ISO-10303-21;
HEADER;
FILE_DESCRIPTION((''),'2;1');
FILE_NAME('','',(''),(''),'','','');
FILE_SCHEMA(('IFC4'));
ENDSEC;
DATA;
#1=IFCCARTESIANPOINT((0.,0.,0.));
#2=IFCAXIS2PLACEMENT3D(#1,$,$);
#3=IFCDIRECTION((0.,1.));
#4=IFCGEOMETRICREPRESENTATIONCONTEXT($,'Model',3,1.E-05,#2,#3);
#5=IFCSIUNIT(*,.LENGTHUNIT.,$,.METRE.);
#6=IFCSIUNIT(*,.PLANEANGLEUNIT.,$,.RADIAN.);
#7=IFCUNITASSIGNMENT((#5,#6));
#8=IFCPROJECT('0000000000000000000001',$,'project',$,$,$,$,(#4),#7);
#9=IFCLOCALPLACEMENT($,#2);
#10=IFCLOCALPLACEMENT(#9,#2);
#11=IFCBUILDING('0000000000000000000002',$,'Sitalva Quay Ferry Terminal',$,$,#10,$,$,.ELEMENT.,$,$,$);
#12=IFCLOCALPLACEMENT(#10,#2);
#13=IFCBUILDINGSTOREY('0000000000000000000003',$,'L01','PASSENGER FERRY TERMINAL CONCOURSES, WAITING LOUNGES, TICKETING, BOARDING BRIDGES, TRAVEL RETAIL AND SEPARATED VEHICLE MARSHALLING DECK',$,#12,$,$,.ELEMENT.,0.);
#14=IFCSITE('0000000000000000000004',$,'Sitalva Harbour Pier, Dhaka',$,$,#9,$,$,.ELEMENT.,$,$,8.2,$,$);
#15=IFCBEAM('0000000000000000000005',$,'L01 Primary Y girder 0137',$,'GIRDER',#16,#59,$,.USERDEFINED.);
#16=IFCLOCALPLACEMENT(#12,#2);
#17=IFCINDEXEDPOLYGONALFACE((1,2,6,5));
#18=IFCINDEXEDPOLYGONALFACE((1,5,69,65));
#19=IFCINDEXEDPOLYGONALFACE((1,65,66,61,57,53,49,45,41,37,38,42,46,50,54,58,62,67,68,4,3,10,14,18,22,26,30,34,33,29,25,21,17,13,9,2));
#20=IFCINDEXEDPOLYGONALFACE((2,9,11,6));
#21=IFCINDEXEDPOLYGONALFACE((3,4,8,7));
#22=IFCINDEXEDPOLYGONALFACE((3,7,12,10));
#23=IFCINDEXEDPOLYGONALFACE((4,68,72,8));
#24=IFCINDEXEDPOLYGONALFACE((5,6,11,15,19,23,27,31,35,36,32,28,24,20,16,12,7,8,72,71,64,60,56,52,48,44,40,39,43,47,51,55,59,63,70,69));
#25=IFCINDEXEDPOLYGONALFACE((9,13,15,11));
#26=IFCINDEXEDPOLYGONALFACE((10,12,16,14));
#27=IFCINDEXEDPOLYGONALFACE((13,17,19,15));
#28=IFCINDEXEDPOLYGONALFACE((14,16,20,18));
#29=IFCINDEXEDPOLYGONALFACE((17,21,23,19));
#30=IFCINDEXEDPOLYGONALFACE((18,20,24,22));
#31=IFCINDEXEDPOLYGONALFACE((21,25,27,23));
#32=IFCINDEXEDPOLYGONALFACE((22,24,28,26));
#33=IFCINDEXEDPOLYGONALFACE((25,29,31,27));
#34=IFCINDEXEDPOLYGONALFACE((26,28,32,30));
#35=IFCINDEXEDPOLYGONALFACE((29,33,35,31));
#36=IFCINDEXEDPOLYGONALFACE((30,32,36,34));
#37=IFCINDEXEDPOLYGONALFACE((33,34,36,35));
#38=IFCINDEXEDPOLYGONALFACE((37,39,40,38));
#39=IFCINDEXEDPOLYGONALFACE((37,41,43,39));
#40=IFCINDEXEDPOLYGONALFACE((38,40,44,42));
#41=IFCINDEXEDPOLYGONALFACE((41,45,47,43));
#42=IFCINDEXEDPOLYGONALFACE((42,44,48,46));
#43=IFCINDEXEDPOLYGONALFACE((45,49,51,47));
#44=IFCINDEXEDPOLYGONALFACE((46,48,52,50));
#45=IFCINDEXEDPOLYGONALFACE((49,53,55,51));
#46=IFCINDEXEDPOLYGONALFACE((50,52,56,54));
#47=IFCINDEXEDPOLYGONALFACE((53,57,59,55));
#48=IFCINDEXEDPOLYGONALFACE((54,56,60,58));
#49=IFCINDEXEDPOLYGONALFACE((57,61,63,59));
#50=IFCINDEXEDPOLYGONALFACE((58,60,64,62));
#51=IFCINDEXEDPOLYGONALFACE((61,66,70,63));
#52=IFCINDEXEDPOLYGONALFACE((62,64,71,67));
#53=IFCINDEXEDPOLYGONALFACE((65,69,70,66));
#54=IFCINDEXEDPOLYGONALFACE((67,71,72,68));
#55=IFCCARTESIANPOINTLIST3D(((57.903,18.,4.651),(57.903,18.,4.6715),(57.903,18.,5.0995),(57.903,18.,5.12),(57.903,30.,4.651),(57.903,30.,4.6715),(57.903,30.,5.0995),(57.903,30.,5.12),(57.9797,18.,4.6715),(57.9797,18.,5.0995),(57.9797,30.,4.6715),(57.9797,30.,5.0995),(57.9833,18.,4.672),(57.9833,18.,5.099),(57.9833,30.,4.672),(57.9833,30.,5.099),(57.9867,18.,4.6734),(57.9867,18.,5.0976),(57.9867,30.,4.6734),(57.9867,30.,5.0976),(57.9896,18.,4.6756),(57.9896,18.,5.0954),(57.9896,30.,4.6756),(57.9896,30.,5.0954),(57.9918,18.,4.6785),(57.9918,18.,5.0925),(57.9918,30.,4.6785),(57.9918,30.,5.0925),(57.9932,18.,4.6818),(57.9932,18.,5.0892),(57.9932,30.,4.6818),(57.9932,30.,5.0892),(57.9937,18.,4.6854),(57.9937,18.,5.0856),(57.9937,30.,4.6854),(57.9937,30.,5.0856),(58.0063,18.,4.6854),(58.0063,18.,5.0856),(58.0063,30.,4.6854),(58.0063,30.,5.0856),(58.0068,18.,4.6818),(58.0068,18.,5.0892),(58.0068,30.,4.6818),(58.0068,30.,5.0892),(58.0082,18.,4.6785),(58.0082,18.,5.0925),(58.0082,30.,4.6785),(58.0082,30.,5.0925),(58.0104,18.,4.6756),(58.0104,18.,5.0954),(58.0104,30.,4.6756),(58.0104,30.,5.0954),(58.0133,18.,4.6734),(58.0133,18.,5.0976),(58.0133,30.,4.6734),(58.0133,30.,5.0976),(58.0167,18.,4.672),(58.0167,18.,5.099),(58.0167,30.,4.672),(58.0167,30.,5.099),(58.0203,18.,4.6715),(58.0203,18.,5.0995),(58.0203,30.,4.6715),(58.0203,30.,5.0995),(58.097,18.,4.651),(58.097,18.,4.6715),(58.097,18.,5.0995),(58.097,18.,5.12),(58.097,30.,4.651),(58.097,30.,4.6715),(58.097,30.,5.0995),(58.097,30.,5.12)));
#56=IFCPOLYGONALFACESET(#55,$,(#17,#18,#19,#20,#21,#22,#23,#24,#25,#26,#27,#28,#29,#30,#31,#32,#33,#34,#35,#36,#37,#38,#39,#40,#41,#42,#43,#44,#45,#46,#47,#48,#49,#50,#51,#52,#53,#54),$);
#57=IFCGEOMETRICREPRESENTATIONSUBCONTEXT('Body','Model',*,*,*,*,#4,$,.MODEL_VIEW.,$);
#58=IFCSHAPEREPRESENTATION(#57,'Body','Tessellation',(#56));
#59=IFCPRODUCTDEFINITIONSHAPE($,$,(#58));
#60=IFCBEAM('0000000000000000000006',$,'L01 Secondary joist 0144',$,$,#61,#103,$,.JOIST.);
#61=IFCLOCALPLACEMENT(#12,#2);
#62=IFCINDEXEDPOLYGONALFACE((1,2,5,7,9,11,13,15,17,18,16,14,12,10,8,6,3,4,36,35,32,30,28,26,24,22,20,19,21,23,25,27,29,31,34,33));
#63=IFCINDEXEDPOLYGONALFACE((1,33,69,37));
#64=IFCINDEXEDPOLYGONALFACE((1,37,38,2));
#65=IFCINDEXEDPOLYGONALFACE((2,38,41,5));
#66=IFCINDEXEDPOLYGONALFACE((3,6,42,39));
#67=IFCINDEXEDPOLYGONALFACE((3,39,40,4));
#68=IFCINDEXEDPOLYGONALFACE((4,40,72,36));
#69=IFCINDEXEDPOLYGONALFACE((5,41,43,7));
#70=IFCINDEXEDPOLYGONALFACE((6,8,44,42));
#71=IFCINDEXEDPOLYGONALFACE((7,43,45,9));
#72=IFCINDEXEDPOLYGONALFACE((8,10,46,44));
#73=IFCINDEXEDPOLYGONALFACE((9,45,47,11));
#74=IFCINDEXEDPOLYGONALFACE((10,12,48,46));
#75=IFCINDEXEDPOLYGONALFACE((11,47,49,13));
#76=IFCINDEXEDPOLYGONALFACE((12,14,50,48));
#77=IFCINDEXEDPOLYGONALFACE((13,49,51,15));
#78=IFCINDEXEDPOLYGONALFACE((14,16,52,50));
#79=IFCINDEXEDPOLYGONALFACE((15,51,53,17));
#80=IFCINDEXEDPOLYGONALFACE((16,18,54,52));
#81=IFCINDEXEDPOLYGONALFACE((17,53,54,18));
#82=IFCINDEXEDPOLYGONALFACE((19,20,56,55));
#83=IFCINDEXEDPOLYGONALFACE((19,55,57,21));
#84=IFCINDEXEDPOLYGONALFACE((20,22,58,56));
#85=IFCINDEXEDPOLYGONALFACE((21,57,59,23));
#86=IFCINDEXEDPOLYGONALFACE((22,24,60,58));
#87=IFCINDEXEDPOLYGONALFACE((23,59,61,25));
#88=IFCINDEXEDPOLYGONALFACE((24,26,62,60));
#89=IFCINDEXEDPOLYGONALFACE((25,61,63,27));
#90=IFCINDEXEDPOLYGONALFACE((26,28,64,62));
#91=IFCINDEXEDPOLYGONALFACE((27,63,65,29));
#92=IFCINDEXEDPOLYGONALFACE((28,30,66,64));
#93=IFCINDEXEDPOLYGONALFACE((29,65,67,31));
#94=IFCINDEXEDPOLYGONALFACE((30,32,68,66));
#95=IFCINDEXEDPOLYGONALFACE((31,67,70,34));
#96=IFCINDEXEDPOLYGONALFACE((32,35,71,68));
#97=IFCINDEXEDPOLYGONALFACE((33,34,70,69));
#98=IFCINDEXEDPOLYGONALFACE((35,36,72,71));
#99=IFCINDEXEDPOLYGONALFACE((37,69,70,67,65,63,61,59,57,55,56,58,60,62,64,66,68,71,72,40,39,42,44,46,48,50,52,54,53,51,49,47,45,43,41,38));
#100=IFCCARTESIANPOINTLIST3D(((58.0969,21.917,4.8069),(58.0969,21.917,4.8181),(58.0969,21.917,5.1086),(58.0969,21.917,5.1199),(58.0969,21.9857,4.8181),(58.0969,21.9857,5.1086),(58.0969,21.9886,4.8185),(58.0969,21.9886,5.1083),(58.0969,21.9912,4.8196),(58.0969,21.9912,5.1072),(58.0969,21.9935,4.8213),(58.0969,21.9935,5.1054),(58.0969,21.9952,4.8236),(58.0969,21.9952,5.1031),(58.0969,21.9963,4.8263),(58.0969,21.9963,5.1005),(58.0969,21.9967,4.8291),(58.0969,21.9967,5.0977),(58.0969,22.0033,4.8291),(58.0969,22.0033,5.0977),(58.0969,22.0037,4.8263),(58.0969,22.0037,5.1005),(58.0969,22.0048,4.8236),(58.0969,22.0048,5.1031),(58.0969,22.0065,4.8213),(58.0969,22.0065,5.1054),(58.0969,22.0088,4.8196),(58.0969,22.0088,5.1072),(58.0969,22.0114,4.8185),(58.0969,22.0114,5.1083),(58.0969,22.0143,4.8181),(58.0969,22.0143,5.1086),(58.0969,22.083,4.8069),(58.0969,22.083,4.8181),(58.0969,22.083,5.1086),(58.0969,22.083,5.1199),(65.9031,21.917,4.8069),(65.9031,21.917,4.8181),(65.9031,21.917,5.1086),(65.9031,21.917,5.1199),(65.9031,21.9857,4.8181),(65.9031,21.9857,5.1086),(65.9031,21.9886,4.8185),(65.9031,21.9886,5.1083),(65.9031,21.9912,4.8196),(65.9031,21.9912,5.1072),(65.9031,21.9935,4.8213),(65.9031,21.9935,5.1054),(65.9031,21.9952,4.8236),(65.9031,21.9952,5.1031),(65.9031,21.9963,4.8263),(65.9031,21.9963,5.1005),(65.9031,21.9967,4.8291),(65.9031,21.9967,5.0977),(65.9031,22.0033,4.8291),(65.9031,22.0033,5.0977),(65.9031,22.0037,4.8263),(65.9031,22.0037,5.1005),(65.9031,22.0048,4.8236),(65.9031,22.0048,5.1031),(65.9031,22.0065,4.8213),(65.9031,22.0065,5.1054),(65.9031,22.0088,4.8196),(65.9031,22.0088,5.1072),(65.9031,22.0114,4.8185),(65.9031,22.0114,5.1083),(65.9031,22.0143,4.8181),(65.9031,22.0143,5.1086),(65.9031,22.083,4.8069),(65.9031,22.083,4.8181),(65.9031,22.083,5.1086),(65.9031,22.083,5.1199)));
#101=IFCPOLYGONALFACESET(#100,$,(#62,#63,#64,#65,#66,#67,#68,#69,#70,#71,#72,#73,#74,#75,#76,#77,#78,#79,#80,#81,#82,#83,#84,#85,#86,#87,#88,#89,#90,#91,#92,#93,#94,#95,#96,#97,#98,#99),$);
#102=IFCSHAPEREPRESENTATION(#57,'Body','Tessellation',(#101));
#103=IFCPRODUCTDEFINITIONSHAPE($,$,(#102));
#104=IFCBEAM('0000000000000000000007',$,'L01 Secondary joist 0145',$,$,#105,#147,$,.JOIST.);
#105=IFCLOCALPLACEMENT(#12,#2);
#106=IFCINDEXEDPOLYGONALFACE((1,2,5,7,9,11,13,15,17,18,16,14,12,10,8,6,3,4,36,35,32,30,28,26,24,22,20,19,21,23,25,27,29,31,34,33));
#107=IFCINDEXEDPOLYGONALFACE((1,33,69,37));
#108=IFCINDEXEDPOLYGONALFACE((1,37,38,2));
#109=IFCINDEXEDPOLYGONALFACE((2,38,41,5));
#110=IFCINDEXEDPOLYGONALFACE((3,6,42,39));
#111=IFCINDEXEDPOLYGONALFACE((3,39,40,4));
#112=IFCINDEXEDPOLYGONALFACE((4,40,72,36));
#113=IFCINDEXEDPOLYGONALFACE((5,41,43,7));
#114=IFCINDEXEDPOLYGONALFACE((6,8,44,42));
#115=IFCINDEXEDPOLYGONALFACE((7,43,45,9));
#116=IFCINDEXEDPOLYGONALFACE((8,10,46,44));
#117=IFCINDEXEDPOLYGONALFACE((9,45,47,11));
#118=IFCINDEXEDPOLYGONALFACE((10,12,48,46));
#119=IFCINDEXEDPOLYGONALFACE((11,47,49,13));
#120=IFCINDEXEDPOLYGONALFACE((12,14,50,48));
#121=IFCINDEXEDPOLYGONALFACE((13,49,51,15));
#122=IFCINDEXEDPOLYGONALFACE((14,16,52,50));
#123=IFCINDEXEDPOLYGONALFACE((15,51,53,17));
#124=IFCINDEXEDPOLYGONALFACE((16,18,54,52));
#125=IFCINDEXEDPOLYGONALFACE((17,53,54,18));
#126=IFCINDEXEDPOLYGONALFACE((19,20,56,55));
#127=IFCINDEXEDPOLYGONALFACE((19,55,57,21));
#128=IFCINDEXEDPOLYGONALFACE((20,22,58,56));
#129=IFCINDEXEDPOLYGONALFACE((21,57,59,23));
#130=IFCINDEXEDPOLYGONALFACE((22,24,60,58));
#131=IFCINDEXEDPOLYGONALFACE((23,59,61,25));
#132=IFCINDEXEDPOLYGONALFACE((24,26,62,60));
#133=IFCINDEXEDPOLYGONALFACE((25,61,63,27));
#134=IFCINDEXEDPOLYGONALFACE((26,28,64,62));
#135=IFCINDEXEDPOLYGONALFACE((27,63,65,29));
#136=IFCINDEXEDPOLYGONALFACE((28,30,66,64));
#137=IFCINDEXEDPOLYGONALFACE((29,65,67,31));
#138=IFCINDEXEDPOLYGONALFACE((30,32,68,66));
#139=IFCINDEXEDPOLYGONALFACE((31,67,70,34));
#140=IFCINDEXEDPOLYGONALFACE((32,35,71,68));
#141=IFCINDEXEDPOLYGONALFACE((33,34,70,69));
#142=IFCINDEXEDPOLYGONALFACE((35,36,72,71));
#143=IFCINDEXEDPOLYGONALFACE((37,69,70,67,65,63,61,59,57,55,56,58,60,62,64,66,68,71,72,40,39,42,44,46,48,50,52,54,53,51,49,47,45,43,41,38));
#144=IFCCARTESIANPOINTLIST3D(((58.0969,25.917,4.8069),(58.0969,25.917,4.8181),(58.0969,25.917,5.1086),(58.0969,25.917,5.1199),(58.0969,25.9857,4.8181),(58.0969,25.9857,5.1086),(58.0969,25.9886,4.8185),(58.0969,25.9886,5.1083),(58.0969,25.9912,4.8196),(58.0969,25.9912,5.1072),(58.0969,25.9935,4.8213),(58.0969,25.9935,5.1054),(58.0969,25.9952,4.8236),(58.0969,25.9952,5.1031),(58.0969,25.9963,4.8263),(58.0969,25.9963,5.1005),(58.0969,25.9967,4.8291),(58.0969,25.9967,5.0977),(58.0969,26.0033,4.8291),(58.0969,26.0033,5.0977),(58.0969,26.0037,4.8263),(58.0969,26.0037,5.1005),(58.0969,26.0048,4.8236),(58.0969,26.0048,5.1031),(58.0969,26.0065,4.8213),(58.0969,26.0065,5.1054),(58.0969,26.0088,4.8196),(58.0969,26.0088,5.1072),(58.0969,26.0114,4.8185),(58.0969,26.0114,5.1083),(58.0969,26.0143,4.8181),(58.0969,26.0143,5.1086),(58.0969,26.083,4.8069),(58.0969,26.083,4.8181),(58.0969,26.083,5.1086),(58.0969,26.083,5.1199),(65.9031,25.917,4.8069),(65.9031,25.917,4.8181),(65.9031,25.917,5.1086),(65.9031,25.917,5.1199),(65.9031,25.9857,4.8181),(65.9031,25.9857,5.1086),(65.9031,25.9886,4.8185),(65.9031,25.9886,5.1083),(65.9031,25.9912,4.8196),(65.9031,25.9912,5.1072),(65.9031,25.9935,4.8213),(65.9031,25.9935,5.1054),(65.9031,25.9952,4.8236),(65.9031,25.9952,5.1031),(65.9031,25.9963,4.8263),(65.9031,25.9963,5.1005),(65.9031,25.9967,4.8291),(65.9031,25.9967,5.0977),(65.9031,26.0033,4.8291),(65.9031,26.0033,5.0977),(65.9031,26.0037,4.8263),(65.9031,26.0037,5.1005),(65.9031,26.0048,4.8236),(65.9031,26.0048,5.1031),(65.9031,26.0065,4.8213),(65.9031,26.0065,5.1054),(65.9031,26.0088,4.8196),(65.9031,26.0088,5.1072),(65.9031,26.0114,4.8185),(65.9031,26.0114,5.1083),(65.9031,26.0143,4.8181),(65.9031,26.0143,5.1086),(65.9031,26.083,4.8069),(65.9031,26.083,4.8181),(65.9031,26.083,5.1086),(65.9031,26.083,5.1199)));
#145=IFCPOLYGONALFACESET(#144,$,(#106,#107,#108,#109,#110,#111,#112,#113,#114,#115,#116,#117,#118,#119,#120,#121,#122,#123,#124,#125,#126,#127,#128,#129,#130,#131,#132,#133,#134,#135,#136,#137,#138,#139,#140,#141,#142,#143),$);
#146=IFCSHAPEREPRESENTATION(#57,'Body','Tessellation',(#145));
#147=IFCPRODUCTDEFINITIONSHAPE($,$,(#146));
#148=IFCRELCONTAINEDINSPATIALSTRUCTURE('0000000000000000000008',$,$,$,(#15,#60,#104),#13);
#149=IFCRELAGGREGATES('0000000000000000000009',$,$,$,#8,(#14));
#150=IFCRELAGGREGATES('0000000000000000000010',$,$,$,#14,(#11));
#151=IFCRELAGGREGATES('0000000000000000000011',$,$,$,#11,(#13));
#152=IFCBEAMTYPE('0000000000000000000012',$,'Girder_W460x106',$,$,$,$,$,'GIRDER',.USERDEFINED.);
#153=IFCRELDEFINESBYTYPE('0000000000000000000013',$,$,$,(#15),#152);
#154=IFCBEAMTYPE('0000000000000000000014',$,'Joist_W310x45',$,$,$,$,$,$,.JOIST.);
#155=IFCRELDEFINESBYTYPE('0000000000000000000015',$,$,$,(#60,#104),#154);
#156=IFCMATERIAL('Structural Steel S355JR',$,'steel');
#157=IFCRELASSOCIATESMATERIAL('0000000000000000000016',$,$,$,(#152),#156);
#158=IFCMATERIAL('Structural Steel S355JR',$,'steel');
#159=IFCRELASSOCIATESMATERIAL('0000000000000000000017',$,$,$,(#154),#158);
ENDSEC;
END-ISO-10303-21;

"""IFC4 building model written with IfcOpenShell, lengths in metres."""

from ifc_helpers import new_model, si_unit, direction, frame, origin, origin_2d, place, context, subcontext, project, spatial, i_section, extrude, material, material_profile, profile_set, type_object, element, save


model = new_model("IFC4")

# Units and contexts
model_context = context("Model", 3, precision=1e-05, world=origin(), true_north=direction((0.0, 1.0)))
body_context = subcontext(model_context, "Body", "Model", "MODEL_VIEW")
ifc_project = project(units=[si_unit("LENGTHUNIT", "METRE"), si_unit("PLANEANGLEUNIT", "RADIAN")], contexts=[model_context])

# Site, building, storey
site_placement = place(None, origin())
site = spatial("IfcSite", under=ifc_project, at=site_placement, Name="Sitalva Harbour Pier, Dhaka", CompositionType="ELEMENT", RefElevation=8.2)
building_placement = place(site_placement, origin())
building = spatial("IfcBuilding", under=site, at=building_placement, Name="Sitalva Quay Ferry Terminal", CompositionType="ELEMENT")
storey_placement = place(building_placement, origin())
storey = spatial("IfcBuildingStorey", under=building, at=storey_placement, Name="L01", Description="PASSENGER FERRY TERMINAL CONCOURSES, WAITING LOUNGES, TICKETING, BOARDING BRIDGES, TRAVEL RETAIL AND SEPARATED VEHICLE MARSHALLING DECK", CompositionType="ELEMENT", Elevation=0.0)

# Beams
ifc_material_1 = material(Name="Structural Steel S355JR", Category="steel")
ifc_material_profile_1 = material_profile(ifc_material_1, i_section(OverallWidth=0.1941, OverallDepth=0.469, WebThickness=0.0127, FlangeThickness=0.0205, FilletRadius=0.0139, at=origin_2d()), Name="W460x106")
ifc_profile_set_1 = profile_set([ifc_material_profile_1], Name="Structural Steel S355JR")
beam_type_1 = type_object("IfcBeamType", Name="Girder_W460x106", ElementType="GIRDER", PredefinedType="USERDEFINED", material=ifc_profile_set_1)
beam_placement = place(storey_placement, frame((58.0, 18.0, 4.8855), z_axis=(0.0, 1.0, 0.0), x_axis=(-1.0, 0.0, 0.0)))
element("IfcBeam", 1, at=beam_placement, inside=storey, type_object=beam_type_1, Name="L01 Primary Y girder 0137", ObjectType="GIRDER", PredefinedType="USERDEFINED", context=body_context, shape_type="SweptSolid", body=[
    extrude(i_section(OverallWidth=0.1941, OverallDepth=0.469, WebThickness=0.0127, FlangeThickness=0.0205, FilletRadius=0.0139, at=origin_2d()), origin(), (0.0, 0.0, 1.0), 12.0),
])
ifc_material_2 = material(Name="Structural Steel S355JR", Category="steel")
ifc_material_profile_2 = material_profile(ifc_material_2, i_section(OverallWidth=0.166, OverallDepth=0.313, WebThickness=0.0066, FlangeThickness=0.0112, FilletRadius=0.011, at=origin_2d()), Name="W310x45")
ifc_profile_set_2 = profile_set([ifc_material_profile_2], Name="Structural Steel S355JR")
beam_type_2 = type_object("IfcBeamType", Name="Joist_W310x45", PredefinedType="JOIST", material=ifc_profile_set_2)
for number, where, z_axis, x_axis, name in (
    (2, (58.0969, 22.0, 4.9634), (1.0, 0.0, 0.0), (0.0, 1.0, 0.0), "L01 Secondary joist 0144"),
    (3, (58.0969, 26.0, 4.9634), (1.0, 0.0, 0.0), (0.0, 1.0, 0.0), "L01 Secondary joist 0145"),
):
    element("IfcBeam", number, at=place(storey_placement, frame(where, z_axis=z_axis, x_axis=x_axis)), inside=storey, type_object=beam_type_2, Name=name, PredefinedType="JOIST", context=body_context, shape_type="SweptSolid", body=[
        extrude(i_section(OverallWidth=0.166, OverallDepth=0.313, WebThickness=0.0066, FlangeThickness=0.0112, FilletRadius=0.011, at=origin_2d()), origin(), (0.0, 0.0, 1.0), 7.8062),
    ])

save(model, "model.ifc")
